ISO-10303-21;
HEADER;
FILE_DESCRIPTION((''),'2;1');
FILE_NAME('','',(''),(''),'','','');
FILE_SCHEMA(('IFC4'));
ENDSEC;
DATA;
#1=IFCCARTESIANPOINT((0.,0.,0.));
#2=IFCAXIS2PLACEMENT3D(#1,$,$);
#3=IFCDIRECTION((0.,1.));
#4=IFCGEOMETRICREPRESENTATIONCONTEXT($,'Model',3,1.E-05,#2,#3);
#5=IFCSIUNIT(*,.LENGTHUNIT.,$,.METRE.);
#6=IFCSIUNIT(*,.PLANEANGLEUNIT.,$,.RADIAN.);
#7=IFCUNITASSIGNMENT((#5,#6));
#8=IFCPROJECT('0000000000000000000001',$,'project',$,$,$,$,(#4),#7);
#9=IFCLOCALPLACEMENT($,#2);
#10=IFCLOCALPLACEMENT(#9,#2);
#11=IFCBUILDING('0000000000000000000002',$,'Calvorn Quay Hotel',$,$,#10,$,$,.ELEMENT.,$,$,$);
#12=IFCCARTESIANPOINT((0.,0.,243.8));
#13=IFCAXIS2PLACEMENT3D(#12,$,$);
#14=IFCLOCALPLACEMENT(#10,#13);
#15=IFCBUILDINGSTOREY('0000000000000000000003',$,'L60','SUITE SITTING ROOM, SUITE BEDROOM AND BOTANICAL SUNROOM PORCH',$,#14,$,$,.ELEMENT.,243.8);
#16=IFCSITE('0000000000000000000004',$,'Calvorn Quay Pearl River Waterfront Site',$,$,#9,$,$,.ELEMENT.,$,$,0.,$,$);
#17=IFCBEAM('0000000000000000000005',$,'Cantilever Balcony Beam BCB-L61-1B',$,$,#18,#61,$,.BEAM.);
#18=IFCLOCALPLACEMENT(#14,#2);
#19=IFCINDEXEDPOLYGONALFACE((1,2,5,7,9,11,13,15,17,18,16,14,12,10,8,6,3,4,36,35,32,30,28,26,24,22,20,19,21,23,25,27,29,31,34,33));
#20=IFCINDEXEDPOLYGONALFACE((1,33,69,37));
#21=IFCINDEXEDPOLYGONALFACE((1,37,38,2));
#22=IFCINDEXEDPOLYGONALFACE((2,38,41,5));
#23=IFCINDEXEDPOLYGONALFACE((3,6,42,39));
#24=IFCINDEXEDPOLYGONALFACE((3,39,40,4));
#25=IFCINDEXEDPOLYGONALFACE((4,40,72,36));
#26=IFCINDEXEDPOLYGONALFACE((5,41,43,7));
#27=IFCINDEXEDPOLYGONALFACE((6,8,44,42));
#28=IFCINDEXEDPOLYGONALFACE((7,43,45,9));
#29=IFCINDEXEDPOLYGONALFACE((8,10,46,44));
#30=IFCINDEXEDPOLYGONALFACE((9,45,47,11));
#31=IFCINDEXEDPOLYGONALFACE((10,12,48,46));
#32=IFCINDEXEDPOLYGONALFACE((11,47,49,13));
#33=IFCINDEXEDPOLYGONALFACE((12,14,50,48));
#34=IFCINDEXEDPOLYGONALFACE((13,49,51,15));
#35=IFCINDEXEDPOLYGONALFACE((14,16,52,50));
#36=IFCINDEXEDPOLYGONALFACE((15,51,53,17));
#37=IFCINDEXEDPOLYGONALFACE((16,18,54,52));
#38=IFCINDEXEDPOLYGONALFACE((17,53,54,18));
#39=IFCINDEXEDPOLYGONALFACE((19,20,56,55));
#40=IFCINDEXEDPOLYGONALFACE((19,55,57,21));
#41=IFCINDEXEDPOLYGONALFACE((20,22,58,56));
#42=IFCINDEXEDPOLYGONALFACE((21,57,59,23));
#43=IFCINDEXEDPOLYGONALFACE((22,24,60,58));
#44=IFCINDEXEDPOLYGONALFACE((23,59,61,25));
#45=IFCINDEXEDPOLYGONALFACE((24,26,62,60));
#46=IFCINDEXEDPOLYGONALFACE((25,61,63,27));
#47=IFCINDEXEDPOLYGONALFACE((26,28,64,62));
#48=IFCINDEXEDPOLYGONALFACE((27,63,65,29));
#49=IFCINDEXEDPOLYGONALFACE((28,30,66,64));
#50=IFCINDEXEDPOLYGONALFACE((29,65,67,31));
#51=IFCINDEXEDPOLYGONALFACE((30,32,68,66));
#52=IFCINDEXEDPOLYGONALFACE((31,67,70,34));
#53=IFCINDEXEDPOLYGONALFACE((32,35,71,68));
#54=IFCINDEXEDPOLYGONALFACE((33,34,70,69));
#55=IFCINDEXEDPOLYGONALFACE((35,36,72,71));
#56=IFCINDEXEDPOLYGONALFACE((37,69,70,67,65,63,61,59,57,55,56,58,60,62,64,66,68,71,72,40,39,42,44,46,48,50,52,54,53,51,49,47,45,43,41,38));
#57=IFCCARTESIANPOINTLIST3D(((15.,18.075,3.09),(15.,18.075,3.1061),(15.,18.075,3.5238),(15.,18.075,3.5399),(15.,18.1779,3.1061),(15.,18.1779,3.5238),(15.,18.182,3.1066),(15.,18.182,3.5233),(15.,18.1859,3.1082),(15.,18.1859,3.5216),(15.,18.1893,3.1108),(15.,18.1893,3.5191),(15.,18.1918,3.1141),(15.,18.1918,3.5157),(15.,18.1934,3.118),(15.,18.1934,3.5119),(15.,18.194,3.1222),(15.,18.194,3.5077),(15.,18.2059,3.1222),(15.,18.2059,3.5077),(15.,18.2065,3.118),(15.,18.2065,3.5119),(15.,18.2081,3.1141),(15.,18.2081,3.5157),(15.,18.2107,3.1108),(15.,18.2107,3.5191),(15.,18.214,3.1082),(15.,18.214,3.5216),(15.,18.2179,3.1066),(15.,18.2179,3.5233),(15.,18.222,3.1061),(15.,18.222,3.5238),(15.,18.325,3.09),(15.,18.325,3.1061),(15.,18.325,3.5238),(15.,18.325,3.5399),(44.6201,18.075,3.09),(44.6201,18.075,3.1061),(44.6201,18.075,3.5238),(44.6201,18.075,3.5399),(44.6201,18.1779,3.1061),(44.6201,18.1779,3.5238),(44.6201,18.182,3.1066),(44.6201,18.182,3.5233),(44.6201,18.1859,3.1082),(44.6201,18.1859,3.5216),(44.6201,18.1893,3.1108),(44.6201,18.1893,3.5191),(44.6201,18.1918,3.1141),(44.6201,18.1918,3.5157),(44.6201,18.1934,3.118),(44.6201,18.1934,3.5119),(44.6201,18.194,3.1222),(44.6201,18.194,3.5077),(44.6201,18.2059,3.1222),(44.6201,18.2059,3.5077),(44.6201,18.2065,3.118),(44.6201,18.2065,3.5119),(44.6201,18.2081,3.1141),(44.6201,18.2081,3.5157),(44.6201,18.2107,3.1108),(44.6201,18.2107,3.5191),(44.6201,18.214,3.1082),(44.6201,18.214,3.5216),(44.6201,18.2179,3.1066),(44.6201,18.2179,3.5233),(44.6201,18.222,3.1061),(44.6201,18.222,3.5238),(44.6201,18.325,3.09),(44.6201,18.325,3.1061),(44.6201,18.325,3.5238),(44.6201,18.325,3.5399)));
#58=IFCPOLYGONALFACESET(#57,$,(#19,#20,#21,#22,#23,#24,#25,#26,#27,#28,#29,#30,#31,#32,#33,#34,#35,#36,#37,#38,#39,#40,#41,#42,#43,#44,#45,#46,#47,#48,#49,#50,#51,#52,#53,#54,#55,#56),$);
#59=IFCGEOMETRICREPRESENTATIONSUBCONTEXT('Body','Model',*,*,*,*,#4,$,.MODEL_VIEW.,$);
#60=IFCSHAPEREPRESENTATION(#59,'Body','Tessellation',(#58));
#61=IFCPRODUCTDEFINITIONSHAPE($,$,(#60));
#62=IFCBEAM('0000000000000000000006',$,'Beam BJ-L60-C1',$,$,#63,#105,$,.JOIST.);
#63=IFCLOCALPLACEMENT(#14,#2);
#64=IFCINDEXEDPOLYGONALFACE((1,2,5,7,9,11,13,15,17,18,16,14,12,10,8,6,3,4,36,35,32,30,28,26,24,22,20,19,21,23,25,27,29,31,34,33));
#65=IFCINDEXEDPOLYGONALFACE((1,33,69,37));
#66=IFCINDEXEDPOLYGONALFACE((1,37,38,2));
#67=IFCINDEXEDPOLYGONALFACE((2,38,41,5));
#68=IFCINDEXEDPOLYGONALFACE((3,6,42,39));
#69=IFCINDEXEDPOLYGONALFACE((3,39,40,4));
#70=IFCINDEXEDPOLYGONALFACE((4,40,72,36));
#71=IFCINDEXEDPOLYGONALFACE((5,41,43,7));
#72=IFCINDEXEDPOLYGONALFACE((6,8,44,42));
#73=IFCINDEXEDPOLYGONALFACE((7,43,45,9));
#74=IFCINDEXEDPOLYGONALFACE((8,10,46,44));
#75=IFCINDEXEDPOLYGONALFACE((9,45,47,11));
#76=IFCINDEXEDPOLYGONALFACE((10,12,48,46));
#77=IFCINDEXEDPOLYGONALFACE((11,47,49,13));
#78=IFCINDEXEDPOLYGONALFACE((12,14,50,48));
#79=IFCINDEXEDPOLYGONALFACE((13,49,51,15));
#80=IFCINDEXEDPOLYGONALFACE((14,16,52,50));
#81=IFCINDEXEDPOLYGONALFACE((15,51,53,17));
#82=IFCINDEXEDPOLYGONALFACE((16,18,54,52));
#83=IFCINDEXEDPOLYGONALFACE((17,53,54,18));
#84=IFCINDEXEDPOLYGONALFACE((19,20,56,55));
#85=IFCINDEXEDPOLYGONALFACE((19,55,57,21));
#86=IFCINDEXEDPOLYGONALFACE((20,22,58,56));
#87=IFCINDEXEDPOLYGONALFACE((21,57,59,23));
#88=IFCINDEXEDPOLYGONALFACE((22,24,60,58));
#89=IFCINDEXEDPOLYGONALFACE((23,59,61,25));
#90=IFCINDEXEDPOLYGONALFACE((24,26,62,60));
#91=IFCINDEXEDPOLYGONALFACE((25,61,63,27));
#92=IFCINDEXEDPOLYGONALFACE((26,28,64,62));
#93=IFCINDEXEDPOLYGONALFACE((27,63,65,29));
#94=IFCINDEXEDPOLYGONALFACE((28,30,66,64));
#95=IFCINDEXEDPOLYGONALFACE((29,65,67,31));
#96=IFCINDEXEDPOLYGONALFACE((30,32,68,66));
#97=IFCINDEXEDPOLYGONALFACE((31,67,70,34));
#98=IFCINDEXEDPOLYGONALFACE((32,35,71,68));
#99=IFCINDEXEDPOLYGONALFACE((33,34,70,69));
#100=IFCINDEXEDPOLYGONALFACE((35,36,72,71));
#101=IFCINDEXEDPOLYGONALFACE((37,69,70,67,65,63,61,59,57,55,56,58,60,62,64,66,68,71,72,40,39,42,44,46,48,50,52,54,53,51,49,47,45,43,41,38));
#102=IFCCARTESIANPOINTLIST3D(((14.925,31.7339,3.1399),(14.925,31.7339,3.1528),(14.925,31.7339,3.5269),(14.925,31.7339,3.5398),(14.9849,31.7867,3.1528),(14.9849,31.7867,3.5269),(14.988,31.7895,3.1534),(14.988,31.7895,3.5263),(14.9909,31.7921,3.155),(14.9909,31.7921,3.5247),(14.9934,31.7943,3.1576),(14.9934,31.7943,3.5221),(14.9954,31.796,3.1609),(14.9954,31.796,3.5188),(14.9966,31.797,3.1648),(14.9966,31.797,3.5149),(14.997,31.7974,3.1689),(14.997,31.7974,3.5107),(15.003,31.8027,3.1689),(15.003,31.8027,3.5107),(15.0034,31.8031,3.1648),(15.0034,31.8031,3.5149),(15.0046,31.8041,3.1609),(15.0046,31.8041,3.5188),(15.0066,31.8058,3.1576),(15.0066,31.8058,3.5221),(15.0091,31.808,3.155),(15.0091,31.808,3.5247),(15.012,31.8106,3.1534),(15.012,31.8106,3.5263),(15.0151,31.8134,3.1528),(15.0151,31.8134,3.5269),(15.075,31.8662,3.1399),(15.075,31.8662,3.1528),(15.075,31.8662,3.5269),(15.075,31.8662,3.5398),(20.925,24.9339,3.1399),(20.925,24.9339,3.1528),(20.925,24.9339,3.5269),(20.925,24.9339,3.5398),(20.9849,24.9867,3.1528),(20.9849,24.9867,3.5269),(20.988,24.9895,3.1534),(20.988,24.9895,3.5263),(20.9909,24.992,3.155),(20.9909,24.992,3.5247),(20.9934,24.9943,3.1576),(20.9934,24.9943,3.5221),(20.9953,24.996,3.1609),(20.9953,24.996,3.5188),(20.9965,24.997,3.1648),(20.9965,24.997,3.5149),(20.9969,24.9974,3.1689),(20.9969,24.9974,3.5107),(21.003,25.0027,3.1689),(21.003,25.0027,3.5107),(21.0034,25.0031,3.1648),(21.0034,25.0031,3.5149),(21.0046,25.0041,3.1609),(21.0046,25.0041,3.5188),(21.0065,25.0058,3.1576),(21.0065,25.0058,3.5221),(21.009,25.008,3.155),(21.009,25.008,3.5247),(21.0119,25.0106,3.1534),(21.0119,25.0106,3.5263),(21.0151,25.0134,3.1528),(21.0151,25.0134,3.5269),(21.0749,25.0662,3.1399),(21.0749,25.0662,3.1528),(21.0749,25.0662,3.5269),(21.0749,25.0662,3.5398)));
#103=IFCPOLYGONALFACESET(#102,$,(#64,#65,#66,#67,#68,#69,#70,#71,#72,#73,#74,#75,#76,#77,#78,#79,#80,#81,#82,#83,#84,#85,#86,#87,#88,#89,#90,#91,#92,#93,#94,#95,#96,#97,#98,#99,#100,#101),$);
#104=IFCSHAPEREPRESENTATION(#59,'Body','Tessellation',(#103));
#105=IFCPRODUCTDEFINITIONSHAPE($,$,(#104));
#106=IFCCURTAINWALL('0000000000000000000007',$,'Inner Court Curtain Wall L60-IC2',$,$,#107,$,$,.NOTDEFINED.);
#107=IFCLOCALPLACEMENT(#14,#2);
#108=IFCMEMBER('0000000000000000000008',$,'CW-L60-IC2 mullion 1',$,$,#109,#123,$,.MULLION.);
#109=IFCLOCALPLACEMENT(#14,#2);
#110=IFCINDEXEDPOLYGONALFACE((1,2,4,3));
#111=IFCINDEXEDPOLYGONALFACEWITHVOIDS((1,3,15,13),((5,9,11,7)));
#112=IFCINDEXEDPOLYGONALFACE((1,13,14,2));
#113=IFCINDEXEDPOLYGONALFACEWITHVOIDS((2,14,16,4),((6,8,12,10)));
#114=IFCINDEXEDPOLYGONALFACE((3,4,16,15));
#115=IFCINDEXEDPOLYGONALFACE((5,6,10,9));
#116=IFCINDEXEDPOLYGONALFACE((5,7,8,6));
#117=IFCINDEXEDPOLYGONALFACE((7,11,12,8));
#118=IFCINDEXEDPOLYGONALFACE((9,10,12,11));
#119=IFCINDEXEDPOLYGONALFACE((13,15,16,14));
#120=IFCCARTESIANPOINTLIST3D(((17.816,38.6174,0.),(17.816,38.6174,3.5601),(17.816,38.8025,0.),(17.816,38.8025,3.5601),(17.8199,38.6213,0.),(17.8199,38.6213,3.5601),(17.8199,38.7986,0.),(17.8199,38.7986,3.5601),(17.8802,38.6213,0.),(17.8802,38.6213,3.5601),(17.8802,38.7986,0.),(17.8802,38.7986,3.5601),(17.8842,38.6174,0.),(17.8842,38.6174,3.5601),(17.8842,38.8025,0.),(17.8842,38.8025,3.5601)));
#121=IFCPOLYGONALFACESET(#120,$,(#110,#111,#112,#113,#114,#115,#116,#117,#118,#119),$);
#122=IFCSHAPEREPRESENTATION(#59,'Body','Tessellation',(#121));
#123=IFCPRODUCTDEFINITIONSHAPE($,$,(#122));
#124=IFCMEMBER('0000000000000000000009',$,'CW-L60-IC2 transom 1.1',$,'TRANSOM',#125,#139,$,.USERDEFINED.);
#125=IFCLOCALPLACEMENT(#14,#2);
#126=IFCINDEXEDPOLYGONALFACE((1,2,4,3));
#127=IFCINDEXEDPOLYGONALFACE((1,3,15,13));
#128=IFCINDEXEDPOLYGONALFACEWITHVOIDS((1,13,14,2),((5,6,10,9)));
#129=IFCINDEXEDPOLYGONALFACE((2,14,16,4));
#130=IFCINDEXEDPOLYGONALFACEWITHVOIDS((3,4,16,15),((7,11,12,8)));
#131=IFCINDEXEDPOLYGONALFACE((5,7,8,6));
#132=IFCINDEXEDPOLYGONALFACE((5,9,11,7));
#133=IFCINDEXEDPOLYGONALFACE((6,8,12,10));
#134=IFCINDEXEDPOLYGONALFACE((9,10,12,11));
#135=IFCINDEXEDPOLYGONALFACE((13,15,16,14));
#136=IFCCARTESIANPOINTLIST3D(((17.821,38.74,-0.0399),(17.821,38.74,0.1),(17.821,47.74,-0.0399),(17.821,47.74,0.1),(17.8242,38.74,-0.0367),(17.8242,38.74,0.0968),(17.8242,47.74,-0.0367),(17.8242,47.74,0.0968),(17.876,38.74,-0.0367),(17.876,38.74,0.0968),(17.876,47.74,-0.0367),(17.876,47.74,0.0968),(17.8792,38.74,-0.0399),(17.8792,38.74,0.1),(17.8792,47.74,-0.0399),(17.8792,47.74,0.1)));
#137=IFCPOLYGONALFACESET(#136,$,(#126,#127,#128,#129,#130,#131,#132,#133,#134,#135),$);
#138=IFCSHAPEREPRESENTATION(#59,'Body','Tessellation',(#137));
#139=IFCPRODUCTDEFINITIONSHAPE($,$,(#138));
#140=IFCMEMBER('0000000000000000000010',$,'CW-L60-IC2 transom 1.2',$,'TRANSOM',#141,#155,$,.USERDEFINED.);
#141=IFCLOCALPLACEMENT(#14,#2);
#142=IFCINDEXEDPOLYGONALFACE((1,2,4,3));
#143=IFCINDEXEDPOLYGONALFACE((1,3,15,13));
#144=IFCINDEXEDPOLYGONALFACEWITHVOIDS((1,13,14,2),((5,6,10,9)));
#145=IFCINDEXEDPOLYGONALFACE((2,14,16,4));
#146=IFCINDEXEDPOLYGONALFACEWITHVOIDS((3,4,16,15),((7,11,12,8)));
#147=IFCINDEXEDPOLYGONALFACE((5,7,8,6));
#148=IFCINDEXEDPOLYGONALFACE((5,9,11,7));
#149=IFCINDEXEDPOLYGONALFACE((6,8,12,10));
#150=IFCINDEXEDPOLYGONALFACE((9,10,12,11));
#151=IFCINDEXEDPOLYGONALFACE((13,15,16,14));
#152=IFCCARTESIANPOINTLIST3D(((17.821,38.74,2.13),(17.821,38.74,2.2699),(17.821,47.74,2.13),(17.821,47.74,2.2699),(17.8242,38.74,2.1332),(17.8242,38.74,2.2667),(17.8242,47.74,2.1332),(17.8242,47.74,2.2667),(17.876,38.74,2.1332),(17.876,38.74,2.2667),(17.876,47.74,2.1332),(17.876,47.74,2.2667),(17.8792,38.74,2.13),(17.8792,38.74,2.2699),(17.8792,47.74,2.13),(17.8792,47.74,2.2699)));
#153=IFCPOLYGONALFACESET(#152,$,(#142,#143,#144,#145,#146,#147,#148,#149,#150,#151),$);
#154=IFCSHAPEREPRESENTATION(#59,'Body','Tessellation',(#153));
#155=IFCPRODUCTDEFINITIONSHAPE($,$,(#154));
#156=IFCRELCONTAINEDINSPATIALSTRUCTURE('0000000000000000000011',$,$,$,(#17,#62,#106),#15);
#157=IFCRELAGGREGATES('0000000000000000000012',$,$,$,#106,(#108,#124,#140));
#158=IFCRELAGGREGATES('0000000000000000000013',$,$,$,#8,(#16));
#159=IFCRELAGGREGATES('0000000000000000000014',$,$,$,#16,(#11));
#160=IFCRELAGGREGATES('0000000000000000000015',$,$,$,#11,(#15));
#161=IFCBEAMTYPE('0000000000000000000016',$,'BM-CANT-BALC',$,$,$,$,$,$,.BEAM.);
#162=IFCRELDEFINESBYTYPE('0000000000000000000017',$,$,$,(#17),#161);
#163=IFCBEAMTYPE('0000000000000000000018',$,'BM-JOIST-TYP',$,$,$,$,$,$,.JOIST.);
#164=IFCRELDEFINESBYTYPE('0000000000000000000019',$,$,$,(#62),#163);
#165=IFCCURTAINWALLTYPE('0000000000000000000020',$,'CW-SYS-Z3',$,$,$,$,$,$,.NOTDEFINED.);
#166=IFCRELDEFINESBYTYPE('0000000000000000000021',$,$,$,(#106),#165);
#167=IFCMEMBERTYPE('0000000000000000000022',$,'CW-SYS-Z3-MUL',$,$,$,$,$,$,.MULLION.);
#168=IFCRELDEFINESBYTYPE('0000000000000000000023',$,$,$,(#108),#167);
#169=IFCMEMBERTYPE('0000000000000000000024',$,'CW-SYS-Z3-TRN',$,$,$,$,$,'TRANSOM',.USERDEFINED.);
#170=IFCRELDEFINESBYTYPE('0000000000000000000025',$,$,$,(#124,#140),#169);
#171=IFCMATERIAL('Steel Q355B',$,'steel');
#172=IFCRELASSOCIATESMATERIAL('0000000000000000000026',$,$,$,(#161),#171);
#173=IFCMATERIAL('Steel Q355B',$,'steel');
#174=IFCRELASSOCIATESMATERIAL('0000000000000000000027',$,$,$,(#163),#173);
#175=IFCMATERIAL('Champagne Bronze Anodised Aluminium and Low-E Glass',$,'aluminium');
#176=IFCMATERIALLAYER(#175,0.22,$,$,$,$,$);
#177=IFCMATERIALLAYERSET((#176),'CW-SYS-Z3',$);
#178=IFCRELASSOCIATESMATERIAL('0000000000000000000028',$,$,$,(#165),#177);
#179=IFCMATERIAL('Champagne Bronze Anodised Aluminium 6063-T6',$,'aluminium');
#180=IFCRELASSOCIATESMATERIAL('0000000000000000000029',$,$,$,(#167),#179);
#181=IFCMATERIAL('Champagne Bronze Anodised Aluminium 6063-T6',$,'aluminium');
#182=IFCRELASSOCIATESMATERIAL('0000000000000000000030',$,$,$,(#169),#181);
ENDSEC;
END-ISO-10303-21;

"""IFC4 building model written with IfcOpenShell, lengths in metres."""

from ifc_helpers import new_model, si_unit, direction, frame, origin, origin_2d, place, context, subcontext, project, spatial, hollow_rectangle, i_section, extrude, material, layer, layer_set, material_profile, profile_set, type_object, element, aggregate, save


model = new_model("IFC4")

# Units and contexts
model_context = context("Model", 3, precision=1e-05, world=origin(), true_north=direction((0.0, 1.0)))
body_context = subcontext(model_context, "Body", "Model", "MODEL_VIEW")
ifc_project = project(units=[si_unit("LENGTHUNIT", "METRE"), si_unit("PLANEANGLEUNIT", "RADIAN")], contexts=[model_context])

# Site, building, storey
site_placement = place(None, origin())
site = spatial("IfcSite", under=ifc_project, at=site_placement, Name="Calvorn Quay Pearl River Waterfront Site", CompositionType="ELEMENT", RefElevation=0.0)
building_placement = place(site_placement, origin())
building = spatial("IfcBuilding", under=site, at=building_placement, Name="Calvorn Quay Hotel", CompositionType="ELEMENT")
storey_placement = place(building_placement, frame((0.0, 0.0, 243.8)))
storey = spatial("IfcBuildingStorey", under=building, at=storey_placement, Name="L60", Description="SUITE SITTING ROOM, SUITE BEDROOM AND BOTANICAL SUNROOM PORCH", CompositionType="ELEMENT", Elevation=243.8)

# Beams
ifc_material_1 = material(Name="Steel Q355B", Category="steel")
ifc_material_profile_1 = material_profile(ifc_material_1, i_section(OverallWidth=0.25, OverallDepth=0.45, WebThickness=0.012, FlangeThickness=0.0161, FilletRadius=0.0161, at=origin_2d()), Name="HN450x250x12x16")
ifc_profile_set_1 = profile_set([ifc_material_profile_1], Name="Steel Q355B")
beam_type_1 = type_object("IfcBeamType", Name="BM-CANT-BALC", PredefinedType="BEAM", material=ifc_profile_set_1)
beam_1_placement = place(storey_placement, frame((15.0, 18.2, 3.3149), z_axis=(1.0, 0.0, 0.0), x_axis=(0.0, 1.0, 0.0)))
element("IfcBeam", 1, at=beam_1_placement, inside=storey, type_object=beam_type_1, Name="Cantilever Balcony Beam BCB-L61-1B", PredefinedType="BEAM", context=body_context, shape_type="SweptSolid", body=[
    extrude(i_section(OverallWidth=0.25, OverallDepth=0.45, WebThickness=0.012, FlangeThickness=0.0161, FilletRadius=0.0161, at=origin_2d()), origin(), (0.0, 0.0, 1.0), 29.6201),
])
ifc_material_2 = material(Name="Steel Q355B", Category="steel")
ifc_material_profile_2 = material_profile(ifc_material_2, i_section(OverallWidth=0.2, OverallDepth=0.3999, WebThickness=0.0081, FlangeThickness=0.0129, FilletRadius=0.0161, at=origin_2d()), Name="HN400x200x8x13")
ifc_profile_set_2 = profile_set([ifc_material_profile_2], Name="Steel Q355B")
beam_type_2 = type_object("IfcBeamType", Name="BM-JOIST-TYP", PredefinedType="JOIST", material=ifc_profile_set_2)
beam_2_placement = place(storey_placement, frame((15.0, 31.8, 3.3398), z_axis=(0.661619, -0.74984, 0.0), x_axis=(0.74984, 0.661619, 0.0)))
element("IfcBeam", 2, at=beam_2_placement, inside=storey, type_object=beam_type_2, Name="Beam BJ-L60-C1", PredefinedType="JOIST", context=body_context, shape_type="SweptSolid", body=[
    extrude(i_section(OverallWidth=0.2, OverallDepth=0.3999, WebThickness=0.0081, FlangeThickness=0.0129, FilletRadius=0.0161, at=origin_2d()), origin(), (0.0, 0.0, 1.0), 9.0686),
])

# Curtain wall, members
ifc_material_3 = material(Name="Champagne Bronze Anodised Aluminium and Low-E Glass", Category="aluminium")
ifc_layer_1 = layer(ifc_material_3, 0.22)
ifc_layer_set_1 = layer_set([ifc_layer_1], Name="CW-SYS-Z3")
curtain_wall_type = type_object("IfcCurtainWallType", Name="CW-SYS-Z3", PredefinedType="NOTDEFINED", material=ifc_layer_set_1)
curtain_wall_placement = place(storey_placement, origin())
curtain_wall = element("IfcCurtainWall", 3, at=curtain_wall_placement, inside=storey, type_object=curtain_wall_type, Name="Inner Court Curtain Wall L60-IC2", PredefinedType="NOTDEFINED")
ifc_material_4 = material(Name="Champagne Bronze Anodised Aluminium 6063-T6", Category="aluminium")
ifc_material_profile_3 = material_profile(ifc_material_4, hollow_rectangle(XDim=0.0681, YDim=0.1851, WallThickness=0.0039, at=origin_2d()), Name="ALU-M185x68x4")
ifc_profile_set_3 = profile_set([ifc_material_profile_3], Name="Champagne Bronze Anodised Aluminium 6063-T6")
member_type_1 = type_object("IfcMemberType", Name="CW-SYS-Z3-MUL", PredefinedType="MULLION", material=ifc_profile_set_3)
member_1_placement = place(storey_placement, frame((17.8501, 38.71, 0.0), z_axis=(0.0, 0.0, 1.0), x_axis=(-1.0, 0.0, 0.0)))
member_1 = element("IfcMember", 4, at=member_1_placement, type_object=member_type_1, Name="CW-L60-IC2 mullion 1", PredefinedType="MULLION", context=body_context, shape_type="SweptSolid", body=[
    extrude(hollow_rectangle(XDim=0.0681, YDim=0.1851, WallThickness=0.0039, at=origin_2d()), origin(), (0.0, 0.0, 1.0), 3.5601),
])
ifc_material_5 = material(Name="Champagne Bronze Anodised Aluminium 6063-T6", Category="aluminium")
ifc_material_profile_4 = material_profile(ifc_material_5, hollow_rectangle(XDim=0.0581, YDim=0.1399, WallThickness=0.0032, at=origin_2d()), Name="ALU-T140x58x3.2")
ifc_profile_set_4 = profile_set([ifc_material_profile_4], Name="Champagne Bronze Anodised Aluminium 6063-T6")
member_type_2 = type_object("IfcMemberType", Name="CW-SYS-Z3-TRN", ElementType="TRANSOM", PredefinedType="USERDEFINED", material=ifc_profile_set_4)
member_2_placement = place(storey_placement, frame((17.8501, 38.74, 0.03), z_axis=(0.0, 1.0, 0.0), x_axis=(-1.0, 0.0, 0.0)))
member_2 = element("IfcMember", 5, at=member_2_placement, type_object=member_type_2, Name="CW-L60-IC2 transom 1.1", ObjectType="TRANSOM", PredefinedType="USERDEFINED", context=body_context, shape_type="SweptSolid", body=[
    extrude(hollow_rectangle(XDim=0.0581, YDim=0.1399, WallThickness=0.0032, at=origin_2d()), origin(), (0.0, 0.0, 1.0), 9.0),
])
member_3_placement = place(storey_placement, frame((17.8501, 38.74, 2.2), z_axis=(0.0, 1.0, 0.0), x_axis=(-1.0, 0.0, 0.0)))
member_3 = element("IfcMember", 6, at=member_3_placement, type_object=member_type_2, Name="CW-L60-IC2 transom 1.2", ObjectType="TRANSOM", PredefinedType="USERDEFINED", context=body_context, shape_type="SweptSolid", body=[
    extrude(hollow_rectangle(XDim=0.0581, YDim=0.1399, WallThickness=0.0032, at=origin_2d()), origin(), (0.0, 0.0, 1.0), 9.0),
])
aggregate(curtain_wall, [member_1, member_2, member_3])

save(model, "model.ifc")
